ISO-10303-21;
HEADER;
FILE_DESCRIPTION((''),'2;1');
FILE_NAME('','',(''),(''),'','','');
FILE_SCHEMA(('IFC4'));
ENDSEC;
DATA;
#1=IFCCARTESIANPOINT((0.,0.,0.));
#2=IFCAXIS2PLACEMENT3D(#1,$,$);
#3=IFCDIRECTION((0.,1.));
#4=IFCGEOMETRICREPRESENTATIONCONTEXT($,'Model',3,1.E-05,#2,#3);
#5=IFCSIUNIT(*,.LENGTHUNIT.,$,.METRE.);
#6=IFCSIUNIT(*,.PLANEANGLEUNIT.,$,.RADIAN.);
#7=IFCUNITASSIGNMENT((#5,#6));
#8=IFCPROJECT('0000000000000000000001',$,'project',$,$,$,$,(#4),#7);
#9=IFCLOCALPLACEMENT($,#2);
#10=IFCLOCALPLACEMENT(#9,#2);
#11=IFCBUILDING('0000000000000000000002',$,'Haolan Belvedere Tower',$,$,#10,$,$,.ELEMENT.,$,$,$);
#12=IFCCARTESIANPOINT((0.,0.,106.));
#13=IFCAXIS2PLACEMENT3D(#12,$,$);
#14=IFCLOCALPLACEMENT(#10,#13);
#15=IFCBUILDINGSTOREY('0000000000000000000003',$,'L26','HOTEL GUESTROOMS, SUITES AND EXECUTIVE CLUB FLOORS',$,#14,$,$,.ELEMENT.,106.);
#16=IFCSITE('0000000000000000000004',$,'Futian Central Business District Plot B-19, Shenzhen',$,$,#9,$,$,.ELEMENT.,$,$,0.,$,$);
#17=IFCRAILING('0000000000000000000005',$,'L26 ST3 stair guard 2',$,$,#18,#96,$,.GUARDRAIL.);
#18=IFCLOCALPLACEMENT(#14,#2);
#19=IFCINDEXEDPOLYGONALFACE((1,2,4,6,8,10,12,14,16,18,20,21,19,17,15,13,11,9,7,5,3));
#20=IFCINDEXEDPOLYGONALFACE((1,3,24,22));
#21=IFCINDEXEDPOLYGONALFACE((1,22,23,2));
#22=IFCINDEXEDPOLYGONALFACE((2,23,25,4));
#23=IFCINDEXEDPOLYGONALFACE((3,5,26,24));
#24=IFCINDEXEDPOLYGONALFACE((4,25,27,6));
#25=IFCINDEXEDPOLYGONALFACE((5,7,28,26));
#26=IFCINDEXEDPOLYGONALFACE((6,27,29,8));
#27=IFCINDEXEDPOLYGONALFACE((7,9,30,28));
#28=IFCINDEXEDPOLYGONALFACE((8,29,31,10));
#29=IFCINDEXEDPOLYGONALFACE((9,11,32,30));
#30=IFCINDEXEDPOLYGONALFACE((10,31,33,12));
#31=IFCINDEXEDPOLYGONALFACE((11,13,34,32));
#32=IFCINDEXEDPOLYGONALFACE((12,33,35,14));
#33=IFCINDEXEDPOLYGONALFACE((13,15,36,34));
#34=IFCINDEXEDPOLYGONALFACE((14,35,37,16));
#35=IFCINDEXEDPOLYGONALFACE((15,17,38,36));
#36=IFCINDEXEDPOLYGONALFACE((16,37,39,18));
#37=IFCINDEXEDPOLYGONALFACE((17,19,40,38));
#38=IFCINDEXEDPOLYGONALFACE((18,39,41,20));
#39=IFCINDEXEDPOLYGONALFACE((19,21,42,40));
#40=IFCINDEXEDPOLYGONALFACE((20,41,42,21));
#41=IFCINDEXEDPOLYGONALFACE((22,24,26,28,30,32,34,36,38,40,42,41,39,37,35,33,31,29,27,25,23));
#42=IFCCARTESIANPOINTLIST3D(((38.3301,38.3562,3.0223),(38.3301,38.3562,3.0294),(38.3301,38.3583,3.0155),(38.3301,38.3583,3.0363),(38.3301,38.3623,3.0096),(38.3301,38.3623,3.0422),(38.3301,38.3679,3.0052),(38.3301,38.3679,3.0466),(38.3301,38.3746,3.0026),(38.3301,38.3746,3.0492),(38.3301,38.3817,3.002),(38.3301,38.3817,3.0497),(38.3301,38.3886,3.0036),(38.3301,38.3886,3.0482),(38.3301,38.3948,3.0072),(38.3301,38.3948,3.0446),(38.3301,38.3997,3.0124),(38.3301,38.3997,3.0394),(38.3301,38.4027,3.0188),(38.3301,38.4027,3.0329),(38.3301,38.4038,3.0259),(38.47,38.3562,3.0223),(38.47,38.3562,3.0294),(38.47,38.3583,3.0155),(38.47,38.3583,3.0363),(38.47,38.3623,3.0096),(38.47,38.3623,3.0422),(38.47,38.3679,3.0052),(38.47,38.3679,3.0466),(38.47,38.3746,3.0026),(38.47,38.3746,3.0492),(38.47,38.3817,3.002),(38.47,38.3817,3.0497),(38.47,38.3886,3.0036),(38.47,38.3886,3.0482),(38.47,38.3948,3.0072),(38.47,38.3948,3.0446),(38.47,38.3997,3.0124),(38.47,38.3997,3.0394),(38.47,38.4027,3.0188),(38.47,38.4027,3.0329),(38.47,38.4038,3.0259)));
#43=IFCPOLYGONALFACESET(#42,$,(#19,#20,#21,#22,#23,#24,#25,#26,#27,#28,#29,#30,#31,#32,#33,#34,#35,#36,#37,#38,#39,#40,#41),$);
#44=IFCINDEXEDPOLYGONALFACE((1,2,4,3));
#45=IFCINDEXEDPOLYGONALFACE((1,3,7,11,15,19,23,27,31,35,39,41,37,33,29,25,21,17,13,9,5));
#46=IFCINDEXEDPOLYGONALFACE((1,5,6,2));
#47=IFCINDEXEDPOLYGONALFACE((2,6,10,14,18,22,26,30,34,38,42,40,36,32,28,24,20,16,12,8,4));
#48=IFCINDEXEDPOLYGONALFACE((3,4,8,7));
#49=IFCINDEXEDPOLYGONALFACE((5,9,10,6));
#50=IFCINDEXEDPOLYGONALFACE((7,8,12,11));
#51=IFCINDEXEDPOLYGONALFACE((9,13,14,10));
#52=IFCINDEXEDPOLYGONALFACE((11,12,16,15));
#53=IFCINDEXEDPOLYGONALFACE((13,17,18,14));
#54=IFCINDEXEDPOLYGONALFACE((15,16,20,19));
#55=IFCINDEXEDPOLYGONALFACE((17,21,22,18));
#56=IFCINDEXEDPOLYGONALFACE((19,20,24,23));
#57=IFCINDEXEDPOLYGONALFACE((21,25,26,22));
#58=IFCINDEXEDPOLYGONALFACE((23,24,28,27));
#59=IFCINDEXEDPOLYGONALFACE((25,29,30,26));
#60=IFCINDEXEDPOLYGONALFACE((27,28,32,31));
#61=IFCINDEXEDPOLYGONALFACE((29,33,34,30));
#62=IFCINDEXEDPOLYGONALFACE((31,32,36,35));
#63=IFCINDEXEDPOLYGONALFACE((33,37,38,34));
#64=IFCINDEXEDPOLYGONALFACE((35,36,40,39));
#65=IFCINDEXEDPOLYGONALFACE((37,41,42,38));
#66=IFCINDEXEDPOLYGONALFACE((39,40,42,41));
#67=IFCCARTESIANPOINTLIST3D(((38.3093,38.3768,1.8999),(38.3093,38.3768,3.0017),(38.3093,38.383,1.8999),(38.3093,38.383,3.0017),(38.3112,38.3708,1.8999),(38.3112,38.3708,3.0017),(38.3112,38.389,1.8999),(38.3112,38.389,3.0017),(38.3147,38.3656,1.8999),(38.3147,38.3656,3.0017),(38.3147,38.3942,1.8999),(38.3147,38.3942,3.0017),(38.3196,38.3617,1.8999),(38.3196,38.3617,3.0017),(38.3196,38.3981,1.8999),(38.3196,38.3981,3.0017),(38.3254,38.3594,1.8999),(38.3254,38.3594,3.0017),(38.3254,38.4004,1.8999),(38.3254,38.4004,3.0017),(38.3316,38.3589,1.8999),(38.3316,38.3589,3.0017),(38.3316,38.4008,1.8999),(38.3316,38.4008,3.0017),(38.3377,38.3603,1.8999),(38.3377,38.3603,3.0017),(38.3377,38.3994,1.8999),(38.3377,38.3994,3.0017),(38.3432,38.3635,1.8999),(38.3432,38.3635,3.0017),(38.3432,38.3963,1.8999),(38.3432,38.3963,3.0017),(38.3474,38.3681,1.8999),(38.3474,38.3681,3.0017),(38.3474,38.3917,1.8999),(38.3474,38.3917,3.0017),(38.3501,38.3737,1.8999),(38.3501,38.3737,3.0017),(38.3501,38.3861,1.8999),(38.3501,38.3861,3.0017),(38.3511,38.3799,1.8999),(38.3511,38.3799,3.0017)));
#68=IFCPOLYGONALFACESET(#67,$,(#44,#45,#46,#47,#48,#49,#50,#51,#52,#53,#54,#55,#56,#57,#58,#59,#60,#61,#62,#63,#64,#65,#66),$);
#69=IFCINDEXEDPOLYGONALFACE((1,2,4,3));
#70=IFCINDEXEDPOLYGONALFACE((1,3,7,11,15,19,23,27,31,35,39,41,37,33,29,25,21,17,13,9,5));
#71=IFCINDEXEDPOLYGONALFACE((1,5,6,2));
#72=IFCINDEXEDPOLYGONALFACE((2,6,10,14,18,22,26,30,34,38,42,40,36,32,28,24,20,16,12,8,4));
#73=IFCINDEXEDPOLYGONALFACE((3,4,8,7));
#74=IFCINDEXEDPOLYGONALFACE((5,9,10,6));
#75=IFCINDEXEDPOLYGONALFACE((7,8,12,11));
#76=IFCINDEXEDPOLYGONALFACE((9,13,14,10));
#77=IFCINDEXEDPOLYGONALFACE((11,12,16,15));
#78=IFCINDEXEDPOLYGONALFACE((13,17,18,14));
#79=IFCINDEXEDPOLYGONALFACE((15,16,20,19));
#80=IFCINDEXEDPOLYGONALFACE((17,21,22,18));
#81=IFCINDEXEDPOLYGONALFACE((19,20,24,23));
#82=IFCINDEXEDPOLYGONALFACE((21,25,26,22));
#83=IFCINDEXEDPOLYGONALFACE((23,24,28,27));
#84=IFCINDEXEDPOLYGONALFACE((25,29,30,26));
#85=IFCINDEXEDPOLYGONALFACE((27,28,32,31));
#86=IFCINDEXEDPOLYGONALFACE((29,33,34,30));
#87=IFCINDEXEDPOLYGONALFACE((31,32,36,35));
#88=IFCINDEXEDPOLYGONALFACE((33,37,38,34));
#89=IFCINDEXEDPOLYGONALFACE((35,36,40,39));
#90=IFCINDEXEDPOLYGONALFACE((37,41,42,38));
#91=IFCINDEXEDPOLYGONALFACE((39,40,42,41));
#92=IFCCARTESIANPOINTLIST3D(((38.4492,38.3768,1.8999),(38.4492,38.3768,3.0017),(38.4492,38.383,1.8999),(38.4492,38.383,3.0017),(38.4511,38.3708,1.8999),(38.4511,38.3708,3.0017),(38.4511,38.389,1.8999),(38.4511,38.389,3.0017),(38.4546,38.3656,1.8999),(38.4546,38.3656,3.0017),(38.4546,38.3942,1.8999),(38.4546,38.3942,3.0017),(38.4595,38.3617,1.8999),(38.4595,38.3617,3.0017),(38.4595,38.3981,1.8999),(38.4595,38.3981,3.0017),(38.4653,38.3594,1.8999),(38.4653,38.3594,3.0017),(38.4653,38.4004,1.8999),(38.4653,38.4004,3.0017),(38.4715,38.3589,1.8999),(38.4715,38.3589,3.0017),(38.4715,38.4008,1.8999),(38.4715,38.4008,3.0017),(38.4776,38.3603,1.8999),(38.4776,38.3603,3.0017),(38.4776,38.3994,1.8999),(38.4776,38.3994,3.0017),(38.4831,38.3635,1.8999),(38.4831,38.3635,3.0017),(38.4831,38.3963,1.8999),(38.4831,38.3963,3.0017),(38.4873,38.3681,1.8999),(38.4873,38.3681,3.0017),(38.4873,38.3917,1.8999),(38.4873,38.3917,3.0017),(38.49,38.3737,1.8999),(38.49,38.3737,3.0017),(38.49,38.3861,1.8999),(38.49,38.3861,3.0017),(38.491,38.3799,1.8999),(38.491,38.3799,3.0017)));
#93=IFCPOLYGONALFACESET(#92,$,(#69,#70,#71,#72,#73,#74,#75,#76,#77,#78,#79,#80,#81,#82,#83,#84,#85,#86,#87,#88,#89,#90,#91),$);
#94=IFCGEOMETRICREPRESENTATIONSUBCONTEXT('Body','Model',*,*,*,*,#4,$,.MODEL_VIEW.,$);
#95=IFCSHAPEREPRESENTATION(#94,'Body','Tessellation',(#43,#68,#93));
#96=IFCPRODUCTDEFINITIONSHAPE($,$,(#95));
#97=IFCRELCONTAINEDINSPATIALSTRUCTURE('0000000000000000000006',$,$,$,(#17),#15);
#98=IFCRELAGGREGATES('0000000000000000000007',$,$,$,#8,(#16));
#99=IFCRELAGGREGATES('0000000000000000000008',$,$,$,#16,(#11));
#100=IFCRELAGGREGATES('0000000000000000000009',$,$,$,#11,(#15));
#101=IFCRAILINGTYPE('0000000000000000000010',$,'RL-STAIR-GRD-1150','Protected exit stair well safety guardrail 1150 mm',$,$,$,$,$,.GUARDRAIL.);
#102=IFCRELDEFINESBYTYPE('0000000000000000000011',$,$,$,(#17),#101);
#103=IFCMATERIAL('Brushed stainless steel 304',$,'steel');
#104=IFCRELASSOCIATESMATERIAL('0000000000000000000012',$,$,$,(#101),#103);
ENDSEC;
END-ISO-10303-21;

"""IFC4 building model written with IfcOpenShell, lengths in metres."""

from ifc_helpers import new_model, si_unit, direction, frame, origin, origin_2d, place, context, subcontext, project, spatial, circle, extrude, material, type_object, element, save


model = new_model("IFC4")

# Units and contexts
model_context = context("Model", 3, precision=1e-05, world=origin(), true_north=direction((0.0, 1.0)))
body_context = subcontext(model_context, "Body", "Model", "MODEL_VIEW")
ifc_project = project(units=[si_unit("LENGTHUNIT", "METRE"), si_unit("PLANEANGLEUNIT", "RADIAN")], contexts=[model_context])

# Site, building, storey
site_placement = place(None, origin())
site = spatial("IfcSite", under=ifc_project, at=site_placement, Name="Futian Central Business District Plot B-19, Shenzhen", CompositionType="ELEMENT", RefElevation=0.0)
building_placement = place(site_placement, origin())
building = spatial("IfcBuilding", under=site, at=building_placement, Name="Haolan Belvedere Tower", CompositionType="ELEMENT")
storey_placement = place(building_placement, frame((0.0, 0.0, 106.0)))
storey = spatial("IfcBuildingStorey", under=building, at=storey_placement, Name="L26", Description="HOTEL GUESTROOMS, SUITES AND EXECUTIVE CLUB FLOORS", CompositionType="ELEMENT", Elevation=106.0)

# Railing
ifc_material_1 = material(Name="Brushed stainless steel 304", Category="steel")
railing_type_1 = type_object("IfcRailingType", Name="RL-STAIR-GRD-1150", Description="Protected exit stair well safety guardrail 1150 mm", PredefinedType="GUARDRAIL", material=ifc_material_1)
railing_1_placement = place(storey_placement, frame((38.3301, 38.3799, 1.8999)))
element("IfcRailing", 1, at=railing_1_placement, inside=storey, type_object=railing_type_1, Name="L26 ST3 stair guard 2", PredefinedType="GUARDRAIL", context=body_context, shape_type="SweptSolid", body=[
    extrude(circle(Radius=0.0239, at=origin_2d()), frame((0.0, 0.0, 1.126), z_axis=(1.0, 0.0, 0.0), x_axis=(0.0, 1.0, 0.0)), (0.0, 0.0, 1.0), 0.1399),
    extrude(circle(Radius=0.021, at=origin_2d()), origin(), (0.0, 0.0, 1.0), 1.1018),
    extrude(circle(Radius=0.021, at=origin_2d()), frame((0.1399, 0.0, 0.0)), (0.0, 0.0, 1.0), 1.1018),
])

save(model, "model.ifc")
